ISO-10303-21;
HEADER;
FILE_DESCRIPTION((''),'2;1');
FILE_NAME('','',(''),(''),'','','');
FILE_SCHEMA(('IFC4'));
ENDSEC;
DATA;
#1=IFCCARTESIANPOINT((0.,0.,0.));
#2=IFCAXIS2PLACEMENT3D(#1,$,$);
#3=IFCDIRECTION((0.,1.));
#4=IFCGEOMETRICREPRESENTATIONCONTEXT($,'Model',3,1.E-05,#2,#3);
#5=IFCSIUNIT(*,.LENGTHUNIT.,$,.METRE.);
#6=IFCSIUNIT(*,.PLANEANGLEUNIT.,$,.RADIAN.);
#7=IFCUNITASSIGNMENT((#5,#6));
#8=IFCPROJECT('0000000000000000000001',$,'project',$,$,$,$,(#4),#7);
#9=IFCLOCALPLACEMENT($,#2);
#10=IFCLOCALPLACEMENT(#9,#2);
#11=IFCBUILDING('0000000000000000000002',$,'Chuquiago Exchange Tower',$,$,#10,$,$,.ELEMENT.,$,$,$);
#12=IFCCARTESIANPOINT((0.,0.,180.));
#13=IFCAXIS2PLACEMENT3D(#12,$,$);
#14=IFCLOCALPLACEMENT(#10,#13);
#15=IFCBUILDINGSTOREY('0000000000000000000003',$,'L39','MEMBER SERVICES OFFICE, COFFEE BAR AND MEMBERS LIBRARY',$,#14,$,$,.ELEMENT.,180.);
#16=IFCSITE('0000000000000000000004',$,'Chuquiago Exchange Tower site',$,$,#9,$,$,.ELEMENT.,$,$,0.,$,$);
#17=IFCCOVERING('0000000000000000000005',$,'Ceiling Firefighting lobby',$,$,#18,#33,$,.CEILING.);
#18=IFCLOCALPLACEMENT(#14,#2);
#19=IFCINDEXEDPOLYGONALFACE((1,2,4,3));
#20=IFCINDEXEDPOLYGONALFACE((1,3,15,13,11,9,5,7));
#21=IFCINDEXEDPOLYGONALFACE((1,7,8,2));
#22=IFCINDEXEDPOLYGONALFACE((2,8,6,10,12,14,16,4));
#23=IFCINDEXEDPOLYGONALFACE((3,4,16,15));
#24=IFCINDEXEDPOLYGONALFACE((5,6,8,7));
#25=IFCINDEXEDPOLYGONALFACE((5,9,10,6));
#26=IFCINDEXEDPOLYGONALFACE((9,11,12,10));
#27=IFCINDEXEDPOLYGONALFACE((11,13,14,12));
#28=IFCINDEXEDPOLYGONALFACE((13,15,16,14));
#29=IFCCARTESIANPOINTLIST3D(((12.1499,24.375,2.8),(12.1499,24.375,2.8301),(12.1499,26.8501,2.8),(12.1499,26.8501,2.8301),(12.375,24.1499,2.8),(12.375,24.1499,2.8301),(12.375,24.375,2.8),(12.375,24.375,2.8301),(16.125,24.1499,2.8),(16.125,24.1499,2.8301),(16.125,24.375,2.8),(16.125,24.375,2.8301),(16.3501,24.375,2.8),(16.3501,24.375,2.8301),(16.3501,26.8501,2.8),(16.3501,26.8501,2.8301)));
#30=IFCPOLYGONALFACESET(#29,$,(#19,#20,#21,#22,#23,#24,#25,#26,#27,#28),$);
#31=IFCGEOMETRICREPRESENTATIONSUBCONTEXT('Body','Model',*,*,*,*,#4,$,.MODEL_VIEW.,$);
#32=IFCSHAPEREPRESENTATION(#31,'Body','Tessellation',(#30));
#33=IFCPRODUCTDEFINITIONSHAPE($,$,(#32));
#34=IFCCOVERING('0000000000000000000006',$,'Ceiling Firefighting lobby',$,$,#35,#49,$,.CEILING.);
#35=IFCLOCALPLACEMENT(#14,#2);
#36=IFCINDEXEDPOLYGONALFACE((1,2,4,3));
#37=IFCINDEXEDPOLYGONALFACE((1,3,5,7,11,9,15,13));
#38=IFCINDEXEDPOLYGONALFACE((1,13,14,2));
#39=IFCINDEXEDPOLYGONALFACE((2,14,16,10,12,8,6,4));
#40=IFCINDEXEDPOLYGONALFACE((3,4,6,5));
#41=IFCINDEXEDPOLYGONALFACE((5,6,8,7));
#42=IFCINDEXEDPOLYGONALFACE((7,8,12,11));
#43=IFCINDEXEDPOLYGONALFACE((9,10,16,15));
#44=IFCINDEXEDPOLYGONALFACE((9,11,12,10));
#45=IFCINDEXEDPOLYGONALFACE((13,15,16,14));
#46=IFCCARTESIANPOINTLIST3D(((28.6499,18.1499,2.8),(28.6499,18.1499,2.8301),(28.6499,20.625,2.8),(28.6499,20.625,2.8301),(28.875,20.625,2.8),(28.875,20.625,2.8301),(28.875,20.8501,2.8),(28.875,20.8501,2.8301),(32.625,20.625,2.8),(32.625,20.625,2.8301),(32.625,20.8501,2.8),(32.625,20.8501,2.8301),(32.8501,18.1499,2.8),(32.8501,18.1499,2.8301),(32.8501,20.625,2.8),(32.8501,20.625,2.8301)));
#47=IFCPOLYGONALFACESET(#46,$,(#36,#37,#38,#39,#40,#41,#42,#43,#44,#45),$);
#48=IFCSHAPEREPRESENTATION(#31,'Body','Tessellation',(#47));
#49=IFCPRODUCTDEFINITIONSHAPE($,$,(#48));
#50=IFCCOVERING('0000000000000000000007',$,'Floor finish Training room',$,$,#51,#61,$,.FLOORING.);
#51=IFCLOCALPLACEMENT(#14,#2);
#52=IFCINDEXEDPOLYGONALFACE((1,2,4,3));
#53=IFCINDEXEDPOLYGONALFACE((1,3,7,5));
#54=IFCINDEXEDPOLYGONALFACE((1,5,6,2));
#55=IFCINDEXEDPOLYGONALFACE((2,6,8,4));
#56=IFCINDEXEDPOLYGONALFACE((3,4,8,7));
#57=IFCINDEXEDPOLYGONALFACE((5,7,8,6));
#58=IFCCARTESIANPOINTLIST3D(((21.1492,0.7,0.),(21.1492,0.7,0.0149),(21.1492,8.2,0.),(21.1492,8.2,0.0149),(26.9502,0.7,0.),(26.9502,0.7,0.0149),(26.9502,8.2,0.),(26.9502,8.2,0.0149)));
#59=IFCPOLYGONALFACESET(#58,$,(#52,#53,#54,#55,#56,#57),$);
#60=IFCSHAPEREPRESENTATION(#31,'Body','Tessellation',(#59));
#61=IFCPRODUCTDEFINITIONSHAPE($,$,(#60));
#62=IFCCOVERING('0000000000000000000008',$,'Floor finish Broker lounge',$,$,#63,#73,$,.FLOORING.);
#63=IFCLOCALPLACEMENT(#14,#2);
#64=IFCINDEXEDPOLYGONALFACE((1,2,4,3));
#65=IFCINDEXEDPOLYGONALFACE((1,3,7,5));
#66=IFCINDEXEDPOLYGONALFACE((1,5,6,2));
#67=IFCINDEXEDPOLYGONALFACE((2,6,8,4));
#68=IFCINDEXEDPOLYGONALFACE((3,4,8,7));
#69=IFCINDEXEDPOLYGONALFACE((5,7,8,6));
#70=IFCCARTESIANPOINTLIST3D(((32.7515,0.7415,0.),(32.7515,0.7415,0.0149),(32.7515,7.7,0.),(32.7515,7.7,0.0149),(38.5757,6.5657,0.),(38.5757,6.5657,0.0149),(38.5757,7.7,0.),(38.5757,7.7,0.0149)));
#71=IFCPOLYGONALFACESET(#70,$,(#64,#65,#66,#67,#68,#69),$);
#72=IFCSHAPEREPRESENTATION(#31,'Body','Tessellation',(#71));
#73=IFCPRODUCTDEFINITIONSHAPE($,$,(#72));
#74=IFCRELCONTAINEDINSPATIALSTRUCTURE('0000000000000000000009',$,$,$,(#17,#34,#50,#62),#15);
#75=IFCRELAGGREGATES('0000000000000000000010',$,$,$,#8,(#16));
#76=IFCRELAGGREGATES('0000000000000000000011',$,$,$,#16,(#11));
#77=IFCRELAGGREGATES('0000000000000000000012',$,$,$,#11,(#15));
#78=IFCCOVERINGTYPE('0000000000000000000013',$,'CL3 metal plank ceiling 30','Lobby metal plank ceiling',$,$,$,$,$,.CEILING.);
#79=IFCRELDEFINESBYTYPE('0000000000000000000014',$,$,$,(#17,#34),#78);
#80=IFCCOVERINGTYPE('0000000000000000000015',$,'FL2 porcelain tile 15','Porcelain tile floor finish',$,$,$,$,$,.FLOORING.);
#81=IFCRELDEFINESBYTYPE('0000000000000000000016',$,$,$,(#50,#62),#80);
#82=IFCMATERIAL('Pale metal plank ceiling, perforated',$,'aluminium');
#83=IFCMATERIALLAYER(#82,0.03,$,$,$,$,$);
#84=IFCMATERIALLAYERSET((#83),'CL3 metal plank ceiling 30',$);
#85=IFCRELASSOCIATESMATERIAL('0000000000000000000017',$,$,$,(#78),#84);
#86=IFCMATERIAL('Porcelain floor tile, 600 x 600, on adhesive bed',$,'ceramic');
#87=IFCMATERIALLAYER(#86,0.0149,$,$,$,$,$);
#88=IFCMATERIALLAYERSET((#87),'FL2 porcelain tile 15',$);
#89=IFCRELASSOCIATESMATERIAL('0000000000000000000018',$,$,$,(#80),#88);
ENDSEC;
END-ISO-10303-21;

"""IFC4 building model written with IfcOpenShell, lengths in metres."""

from ifc_helpers import new_model, si_unit, direction, frame, origin, place, context, subcontext, project, spatial, polyline, outline, extrude, material, layer, layer_set, type_object, element, save


model = new_model("IFC4")

# Units and contexts
model_context = context("Model", 3, precision=1e-05, world=origin(), true_north=direction((0.0, 1.0)))
body_context = subcontext(model_context, "Body", "Model", "MODEL_VIEW")
ifc_project = project(units=[si_unit("LENGTHUNIT", "METRE"), si_unit("PLANEANGLEUNIT", "RADIAN")], contexts=[model_context])

# Site, building, storey
site_placement = place(None, origin())
site = spatial("IfcSite", under=ifc_project, at=site_placement, Name="Chuquiago Exchange Tower site", CompositionType="ELEMENT", RefElevation=0.0)
building_placement = place(site_placement, origin())
building = spatial("IfcBuilding", under=site, at=building_placement, Name="Chuquiago Exchange Tower", CompositionType="ELEMENT")
storey_placement = place(building_placement, frame((0.0, 0.0, 180.0)))
storey = spatial("IfcBuildingStorey", under=building, at=storey_placement, Name="L39", Description="MEMBER SERVICES OFFICE, COFFEE BAR AND MEMBERS LIBRARY", CompositionType="ELEMENT", Elevation=180.0)

# Coverings
ifc_material_1 = material(Name="Pale metal plank ceiling, perforated", Category="aluminium")
ifc_layer_1 = layer(ifc_material_1, 0.03)
ifc_layer_set_1 = layer_set([ifc_layer_1], Name="CL3 metal plank ceiling 30")
covering_type_1 = type_object("IfcCoveringType", Name="CL3 metal plank ceiling 30", Description="Lobby metal plank ceiling", PredefinedType="CEILING", material=ifc_layer_set_1)
covering_1_placement = place(storey_placement, frame((0.0, 0.0, 2.8)))
element("IfcCovering", 1, at=covering_1_placement, inside=storey, type_object=covering_type_1, Name="Ceiling Firefighting lobby", PredefinedType="CEILING", context=body_context, shape_type="SweptSolid", body=[
    extrude(outline(polyline([(12.375, 24.1499), (12.375, 24.375), (12.1499, 24.375), (12.1499, 26.8501), (16.3501, 26.8501), (16.3501, 24.375), (16.125, 24.375), (16.125, 24.1499), (12.375, 24.1499)])), origin(), (0.0, 0.0, 1.0), 0.03),
])
covering_2_placement = place(storey_placement, frame((0.0, 0.0, 2.8)))
element("IfcCovering", 2, at=covering_2_placement, inside=storey, type_object=covering_type_1, Name="Ceiling Firefighting lobby", PredefinedType="CEILING", context=body_context, shape_type="SweptSolid", body=[
    extrude(outline(polyline([(28.6499, 18.1499), (28.6499, 20.625), (28.875, 20.625), (28.875, 20.8501), (32.625, 20.8501), (32.625, 20.625), (32.8501, 20.625), (32.8501, 18.1499), (28.6499, 18.1499)])), origin(), (0.0, 0.0, 1.0), 0.03),
])
ifc_material_2 = material(Name="Porcelain floor tile, 600 x 600, on adhesive bed", Category="ceramic")
ifc_layer_2 = layer(ifc_material_2, 0.0149)
ifc_layer_set_2 = layer_set([ifc_layer_2], Name="FL2 porcelain tile 15")
covering_type_2 = type_object("IfcCoveringType", Name="FL2 porcelain tile 15", Description="Porcelain tile floor finish", PredefinedType="FLOORING", material=ifc_layer_set_2)
covering_3_placement = place(storey_placement, origin())
element("IfcCovering", 3, at=covering_3_placement, inside=storey, type_object=covering_type_2, Name="Floor finish Training room", PredefinedType="FLOORING", context=body_context, shape_type="SweptSolid", body=[
    extrude(outline(polyline([(21.1492, 0.7), (21.1492, 8.2), (26.9502, 8.2), (26.9502, 0.7), (21.1492, 0.7)])), origin(), (0.0, 0.0, 1.0), 0.0149),
])
covering_4_placement = place(storey_placement, origin())
element("IfcCovering", 4, at=covering_4_placement, inside=storey, type_object=covering_type_2, Name="Floor finish Broker lounge", PredefinedType="FLOORING", context=body_context, shape_type="SweptSolid", body=[
    extrude(outline(polyline([(32.7515, 0.7415), (32.7515, 7.7), (38.5757, 7.7), (38.5757, 6.5657), (32.7515, 0.7415)])), origin(), (0.0, 0.0, 1.0), 0.0149),
])

save(model, "model.ifc")
